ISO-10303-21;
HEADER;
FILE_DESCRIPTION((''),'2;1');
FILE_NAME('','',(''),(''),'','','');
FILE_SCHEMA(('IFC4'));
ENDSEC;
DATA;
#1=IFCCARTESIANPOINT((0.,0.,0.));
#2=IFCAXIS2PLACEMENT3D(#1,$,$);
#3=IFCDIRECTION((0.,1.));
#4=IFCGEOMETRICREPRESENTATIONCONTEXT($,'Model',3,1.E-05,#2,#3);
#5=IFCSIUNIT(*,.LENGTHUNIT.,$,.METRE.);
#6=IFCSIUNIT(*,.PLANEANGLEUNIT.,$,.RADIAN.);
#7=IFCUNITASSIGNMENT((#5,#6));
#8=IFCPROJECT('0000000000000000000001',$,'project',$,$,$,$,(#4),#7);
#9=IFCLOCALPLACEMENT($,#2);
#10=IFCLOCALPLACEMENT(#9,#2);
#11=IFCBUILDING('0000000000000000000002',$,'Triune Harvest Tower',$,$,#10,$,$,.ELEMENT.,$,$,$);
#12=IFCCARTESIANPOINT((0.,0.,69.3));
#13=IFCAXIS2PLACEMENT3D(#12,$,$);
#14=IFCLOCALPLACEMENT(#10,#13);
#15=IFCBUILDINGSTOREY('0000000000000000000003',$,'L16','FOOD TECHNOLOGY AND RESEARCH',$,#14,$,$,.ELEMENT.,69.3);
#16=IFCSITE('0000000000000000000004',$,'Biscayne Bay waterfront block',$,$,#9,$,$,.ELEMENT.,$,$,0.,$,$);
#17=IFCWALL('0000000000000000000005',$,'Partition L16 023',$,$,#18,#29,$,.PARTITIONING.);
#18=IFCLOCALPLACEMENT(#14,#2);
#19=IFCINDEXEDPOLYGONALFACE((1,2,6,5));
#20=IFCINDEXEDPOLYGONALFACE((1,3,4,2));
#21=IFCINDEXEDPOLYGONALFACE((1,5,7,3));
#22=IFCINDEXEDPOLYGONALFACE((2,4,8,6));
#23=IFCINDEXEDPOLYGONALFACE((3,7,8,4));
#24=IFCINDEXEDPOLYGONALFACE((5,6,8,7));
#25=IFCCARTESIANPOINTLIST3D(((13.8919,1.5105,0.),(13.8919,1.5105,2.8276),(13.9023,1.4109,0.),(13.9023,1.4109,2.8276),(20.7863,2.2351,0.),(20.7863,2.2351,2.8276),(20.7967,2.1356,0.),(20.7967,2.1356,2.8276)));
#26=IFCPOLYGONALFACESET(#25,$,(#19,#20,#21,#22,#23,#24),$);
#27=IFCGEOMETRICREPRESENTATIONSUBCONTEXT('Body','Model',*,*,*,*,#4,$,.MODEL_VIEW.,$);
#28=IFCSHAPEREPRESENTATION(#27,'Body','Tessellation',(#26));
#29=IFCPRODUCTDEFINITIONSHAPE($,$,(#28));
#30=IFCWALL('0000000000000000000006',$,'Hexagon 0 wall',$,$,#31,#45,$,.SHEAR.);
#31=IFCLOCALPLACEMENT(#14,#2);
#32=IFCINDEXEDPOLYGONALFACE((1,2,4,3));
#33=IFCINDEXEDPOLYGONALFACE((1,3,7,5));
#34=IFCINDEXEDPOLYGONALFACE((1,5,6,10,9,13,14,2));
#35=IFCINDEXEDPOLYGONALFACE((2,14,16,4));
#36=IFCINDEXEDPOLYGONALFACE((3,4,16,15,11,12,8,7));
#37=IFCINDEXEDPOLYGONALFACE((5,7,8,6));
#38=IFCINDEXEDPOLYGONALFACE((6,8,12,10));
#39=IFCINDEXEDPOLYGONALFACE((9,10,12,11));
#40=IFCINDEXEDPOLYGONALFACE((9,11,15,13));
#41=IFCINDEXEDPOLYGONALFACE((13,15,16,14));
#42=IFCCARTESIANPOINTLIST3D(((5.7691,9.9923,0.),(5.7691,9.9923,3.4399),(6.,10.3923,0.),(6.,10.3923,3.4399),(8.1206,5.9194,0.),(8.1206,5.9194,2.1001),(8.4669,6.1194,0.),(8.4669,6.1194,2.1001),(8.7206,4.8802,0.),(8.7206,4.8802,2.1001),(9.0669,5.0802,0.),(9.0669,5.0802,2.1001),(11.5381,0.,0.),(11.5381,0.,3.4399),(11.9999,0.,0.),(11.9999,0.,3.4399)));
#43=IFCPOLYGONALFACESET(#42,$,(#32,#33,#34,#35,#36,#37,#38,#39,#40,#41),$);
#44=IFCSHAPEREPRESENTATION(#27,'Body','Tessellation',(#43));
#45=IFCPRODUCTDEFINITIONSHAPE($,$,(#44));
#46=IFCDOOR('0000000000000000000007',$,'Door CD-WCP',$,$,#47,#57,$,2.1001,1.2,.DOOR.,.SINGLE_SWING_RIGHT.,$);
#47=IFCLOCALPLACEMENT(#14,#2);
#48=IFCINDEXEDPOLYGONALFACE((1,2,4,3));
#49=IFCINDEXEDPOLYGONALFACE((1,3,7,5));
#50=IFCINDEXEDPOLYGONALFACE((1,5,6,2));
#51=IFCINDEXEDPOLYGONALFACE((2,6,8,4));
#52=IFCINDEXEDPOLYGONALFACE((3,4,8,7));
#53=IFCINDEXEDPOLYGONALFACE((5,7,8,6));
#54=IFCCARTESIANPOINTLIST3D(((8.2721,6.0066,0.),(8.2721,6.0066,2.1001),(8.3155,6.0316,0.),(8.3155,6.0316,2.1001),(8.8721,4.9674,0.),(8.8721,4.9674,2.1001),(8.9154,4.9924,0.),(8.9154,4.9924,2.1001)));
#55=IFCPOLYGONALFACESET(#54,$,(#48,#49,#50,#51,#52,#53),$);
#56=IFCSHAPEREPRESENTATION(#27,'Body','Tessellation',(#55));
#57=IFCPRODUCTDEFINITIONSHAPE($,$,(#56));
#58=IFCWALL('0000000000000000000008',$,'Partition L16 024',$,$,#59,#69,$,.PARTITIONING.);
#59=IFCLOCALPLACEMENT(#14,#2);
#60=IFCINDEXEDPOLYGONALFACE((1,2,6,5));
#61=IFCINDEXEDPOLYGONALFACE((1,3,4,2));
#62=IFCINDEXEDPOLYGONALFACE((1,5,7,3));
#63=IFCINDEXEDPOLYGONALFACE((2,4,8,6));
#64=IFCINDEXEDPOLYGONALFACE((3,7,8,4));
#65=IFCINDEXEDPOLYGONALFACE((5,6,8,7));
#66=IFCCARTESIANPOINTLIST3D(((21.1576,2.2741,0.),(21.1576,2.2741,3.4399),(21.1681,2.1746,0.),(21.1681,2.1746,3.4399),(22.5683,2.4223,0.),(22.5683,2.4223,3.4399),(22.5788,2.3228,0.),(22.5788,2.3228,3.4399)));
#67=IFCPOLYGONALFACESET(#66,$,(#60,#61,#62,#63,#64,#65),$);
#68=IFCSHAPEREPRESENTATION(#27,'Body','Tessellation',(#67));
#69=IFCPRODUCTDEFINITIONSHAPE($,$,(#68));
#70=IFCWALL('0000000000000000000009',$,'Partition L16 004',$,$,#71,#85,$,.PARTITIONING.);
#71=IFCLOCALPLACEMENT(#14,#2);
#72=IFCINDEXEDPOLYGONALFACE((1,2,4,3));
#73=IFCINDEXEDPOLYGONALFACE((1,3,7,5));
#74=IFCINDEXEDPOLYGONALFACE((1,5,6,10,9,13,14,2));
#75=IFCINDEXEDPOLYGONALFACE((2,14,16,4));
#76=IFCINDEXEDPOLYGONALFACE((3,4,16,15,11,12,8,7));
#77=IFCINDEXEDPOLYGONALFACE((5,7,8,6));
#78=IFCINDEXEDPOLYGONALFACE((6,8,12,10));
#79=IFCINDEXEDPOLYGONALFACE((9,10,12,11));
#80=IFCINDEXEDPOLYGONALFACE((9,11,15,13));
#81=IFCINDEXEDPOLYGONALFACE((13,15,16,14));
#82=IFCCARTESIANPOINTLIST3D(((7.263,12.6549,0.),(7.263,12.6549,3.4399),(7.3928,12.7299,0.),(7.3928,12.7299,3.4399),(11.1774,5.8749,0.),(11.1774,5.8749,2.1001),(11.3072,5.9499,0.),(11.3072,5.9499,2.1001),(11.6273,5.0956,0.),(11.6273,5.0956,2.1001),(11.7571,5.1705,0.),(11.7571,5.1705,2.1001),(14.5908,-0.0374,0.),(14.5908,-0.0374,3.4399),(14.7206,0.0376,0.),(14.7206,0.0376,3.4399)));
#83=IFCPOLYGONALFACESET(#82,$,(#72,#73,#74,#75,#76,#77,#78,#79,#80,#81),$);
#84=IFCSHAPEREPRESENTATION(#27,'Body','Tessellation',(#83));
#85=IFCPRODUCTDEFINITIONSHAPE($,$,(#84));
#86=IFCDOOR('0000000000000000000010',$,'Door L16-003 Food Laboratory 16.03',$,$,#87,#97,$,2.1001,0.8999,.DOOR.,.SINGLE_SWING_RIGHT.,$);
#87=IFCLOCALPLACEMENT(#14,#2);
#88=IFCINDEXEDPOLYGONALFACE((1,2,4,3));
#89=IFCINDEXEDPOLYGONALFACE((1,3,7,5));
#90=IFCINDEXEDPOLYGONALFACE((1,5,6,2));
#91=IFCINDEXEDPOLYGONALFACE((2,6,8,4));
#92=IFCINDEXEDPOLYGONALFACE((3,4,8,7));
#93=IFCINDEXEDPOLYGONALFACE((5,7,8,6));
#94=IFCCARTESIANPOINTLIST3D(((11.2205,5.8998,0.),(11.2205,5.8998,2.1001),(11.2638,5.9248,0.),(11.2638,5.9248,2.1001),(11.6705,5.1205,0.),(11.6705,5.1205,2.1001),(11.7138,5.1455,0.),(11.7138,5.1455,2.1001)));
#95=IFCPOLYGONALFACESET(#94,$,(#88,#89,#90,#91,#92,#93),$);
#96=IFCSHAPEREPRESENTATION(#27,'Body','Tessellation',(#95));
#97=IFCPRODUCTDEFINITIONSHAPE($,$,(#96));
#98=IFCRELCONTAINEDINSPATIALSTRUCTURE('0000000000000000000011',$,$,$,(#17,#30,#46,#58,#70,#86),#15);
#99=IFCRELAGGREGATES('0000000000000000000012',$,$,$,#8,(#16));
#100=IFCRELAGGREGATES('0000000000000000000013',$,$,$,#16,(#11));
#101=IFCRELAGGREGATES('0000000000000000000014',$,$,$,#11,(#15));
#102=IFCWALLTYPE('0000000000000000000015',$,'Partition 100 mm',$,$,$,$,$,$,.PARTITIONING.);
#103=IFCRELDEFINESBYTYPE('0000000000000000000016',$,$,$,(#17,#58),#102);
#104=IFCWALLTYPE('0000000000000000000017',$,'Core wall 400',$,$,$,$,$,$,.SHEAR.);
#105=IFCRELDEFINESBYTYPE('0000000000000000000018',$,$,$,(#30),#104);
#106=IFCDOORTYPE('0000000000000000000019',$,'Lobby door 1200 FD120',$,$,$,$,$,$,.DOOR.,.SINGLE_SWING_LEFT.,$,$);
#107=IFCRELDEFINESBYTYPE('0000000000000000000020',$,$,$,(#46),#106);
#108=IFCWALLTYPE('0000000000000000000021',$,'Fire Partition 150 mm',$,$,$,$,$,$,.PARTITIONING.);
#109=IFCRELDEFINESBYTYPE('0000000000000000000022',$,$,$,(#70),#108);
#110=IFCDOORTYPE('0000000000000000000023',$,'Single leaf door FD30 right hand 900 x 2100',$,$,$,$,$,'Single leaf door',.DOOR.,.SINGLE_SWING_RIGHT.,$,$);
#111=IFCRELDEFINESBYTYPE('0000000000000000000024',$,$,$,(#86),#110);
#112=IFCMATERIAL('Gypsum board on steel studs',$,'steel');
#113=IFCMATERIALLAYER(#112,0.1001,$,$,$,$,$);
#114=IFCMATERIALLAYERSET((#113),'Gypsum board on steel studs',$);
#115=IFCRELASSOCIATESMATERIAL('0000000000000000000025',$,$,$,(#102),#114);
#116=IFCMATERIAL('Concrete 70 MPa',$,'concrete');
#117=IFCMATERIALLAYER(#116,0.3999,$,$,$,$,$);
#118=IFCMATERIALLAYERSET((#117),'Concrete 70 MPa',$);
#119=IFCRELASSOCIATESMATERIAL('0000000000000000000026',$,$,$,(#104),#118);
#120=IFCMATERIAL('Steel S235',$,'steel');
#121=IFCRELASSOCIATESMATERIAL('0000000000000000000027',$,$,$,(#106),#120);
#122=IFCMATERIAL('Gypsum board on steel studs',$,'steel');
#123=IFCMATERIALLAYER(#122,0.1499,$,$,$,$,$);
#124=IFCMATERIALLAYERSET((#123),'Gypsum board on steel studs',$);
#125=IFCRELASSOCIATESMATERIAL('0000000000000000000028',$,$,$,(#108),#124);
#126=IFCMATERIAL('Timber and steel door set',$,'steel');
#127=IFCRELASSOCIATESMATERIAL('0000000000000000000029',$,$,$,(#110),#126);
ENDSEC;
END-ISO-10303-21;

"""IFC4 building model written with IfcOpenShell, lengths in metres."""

from ifc_helpers import new_model, si_unit, direction, frame, frame_2d, origin, place, context, subcontext, project, spatial, polyline, rectangle, outline, extrude, source, transform, mapped, material, layer, layer_set, type_object, element, fill, save


model = new_model("IFC4")

# Units and contexts
model_context = context("Model", 3, precision=1e-05, world=origin(), true_north=direction((0.0, 1.0)))
body_context = subcontext(model_context, "Body", "Model", "MODEL_VIEW")
ifc_project = project(units=[si_unit("LENGTHUNIT", "METRE"), si_unit("PLANEANGLEUNIT", "RADIAN")], contexts=[model_context])

# Site, building, storey
site_placement = place(None, origin())
site = spatial("IfcSite", under=ifc_project, at=site_placement, Name="Biscayne Bay waterfront block", CompositionType="ELEMENT", RefElevation=0.0)
building_placement = place(site_placement, origin())
building = spatial("IfcBuilding", under=site, at=building_placement, Name="Triune Harvest Tower", CompositionType="ELEMENT")
storey_placement = place(building_placement, frame((0.0, 0.0, 69.3)))
storey = spatial("IfcBuildingStorey", under=building, at=storey_placement, Name="L16", Description="FOOD TECHNOLOGY AND RESEARCH", CompositionType="ELEMENT", Elevation=69.3)

# Wall
ifc_material_1 = material(Name="Gypsum board on steel studs", Category="steel")
ifc_layer_1 = layer(ifc_material_1, 0.1001)
ifc_layer_set_1 = layer_set([ifc_layer_1], Name="Gypsum board on steel studs")
wall_type_1 = type_object("IfcWallType", Name="Partition 100 mm", PredefinedType="PARTITIONING", material=ifc_layer_set_1)
wall_1_placement = place(storey_placement, frame((13.897, 1.4607, 0.0), z_axis=(0.0, 0.0, 1.0), x_axis=(0.994522, 0.104527, 0.0)))
element("IfcWall", 1, at=wall_1_placement, inside=storey, type_object=wall_type_1, Name="Partition L16 023", PredefinedType="PARTITIONING", context=body_context, shape_type="SweptSolid", body=[
    extrude(rectangle(XDim=6.9324, YDim=0.1001, at=frame_2d((3.4663, 0.0))), origin(), (0.0, 0.0, 1.0), 2.8276),
])

# Wall, opening, door
ifc_material_2 = material(Name="Concrete 70 MPa", Category="concrete")
ifc_layer_2 = layer(ifc_material_2, 0.3999)
ifc_layer_set_2 = layer_set([ifc_layer_2], Name="Concrete 70 MPa")
wall_type_2 = type_object("IfcWallType", Name="Core wall 400", PredefinedType="SHEAR", material=ifc_layer_set_2)
shared_shape_1 = source(origin(), body_context, "Body", "SweptSolid", [
    extrude(outline(polyline([(-0.1155, -0.2), (11.8845, -0.2), (11.6536, 0.2), (0.1155, 0.2), (-0.1155, -0.2)])), origin(), (0.0, 0.0, 1.0), 3.4399),
])
wall_2_placement = place(storey_placement, frame((11.769, 0.0, 0.0), z_axis=(0.0, 0.0, 1.0), x_axis=(-0.499997, 0.866027, 0.0)))
wall_2 = element("IfcWall", 2, at=wall_2_placement, inside=storey, type_object=wall_type_2, Name="Hexagon 0 wall", PredefinedType="SHEAR", context=body_context, shape_type="MappedRepresentation", body=[
    mapped(shared_shape_1, transform((0.0, 0.0, 0.0), scale=1.0)),
])
opening_1_placement = place(wall_2_placement, frame((5.7505, 0.0, 0.0)))
opening_1 = element("IfcOpeningElement", 3, at=opening_1_placement, cuts=wall_2, PredefinedType="OPENING", context=body_context, shape_type="SweptSolid", body=[
    extrude(rectangle(XDim=1.2, YDim=2.1001, at=frame_2d((0.6001, 1.05))), frame((0.0, 0.21, 0.0), z_axis=(0.0, -1.0, 0.0), x_axis=(1.0, 0.0, 0.0)), (0.0, 0.0, 1.0), 0.4199),
])
ifc_material_3 = material(Name="Steel S235", Category="steel")
door_type_1 = type_object("IfcDoorType", Name="Lobby door 1200 FD120", OperationType="SINGLE_SWING_LEFT", PredefinedType="DOOR", material=ifc_material_3)
door_1_placement = place(opening_1_placement, frame((1.2, 0.0, 0.0), z_axis=(0.0, 0.0, 1.0), x_axis=(-1.0, 0.0, 0.0)))
door_1 = element("IfcDoor", 4, at=door_1_placement, inside=storey, type_object=door_type_1, Name="Door CD-WCP", OperationType="SINGLE_SWING_RIGHT", OverallHeight=2.1001, OverallWidth=1.2, PredefinedType="DOOR", context=body_context, shape_type="SweptSolid", body=[
    extrude(rectangle(XDim=1.2, YDim=2.1001, at=frame_2d((0.6001, 1.05))), frame((0.0, 0.0249, 0.0), z_axis=(0.0, -1.0, 0.0), x_axis=(1.0, 0.0, 0.0)), (0.0, 0.0, 1.0), 0.05),
])
fill(opening_1, door_1)

# Wall
shared_shape_2 = source(origin(), body_context, "Body", "SweptSolid", [
    extrude(rectangle(XDim=1.4185, YDim=0.1001, at=frame_2d((0.7092, 0.0))), origin(), (0.0, 0.0, 1.0), 3.4399),
])
wall_3_placement = place(storey_placement, frame((21.1628, 2.2244, 0.0), z_axis=(0.0, 0.0, 1.0), x_axis=(0.994527, 0.104479, 0.0)))
element("IfcWall", 5, at=wall_3_placement, inside=storey, type_object=wall_type_1, Name="Partition L16 024", PredefinedType="PARTITIONING", context=body_context, shape_type="MappedRepresentation", body=[
    mapped(shared_shape_2, transform((0.0, 0.0, 0.0), scale=1.0)),
])

# Wall, opening, door
ifc_material_4 = material(Name="Gypsum board on steel studs", Category="steel")
ifc_layer_3 = layer(ifc_material_4, 0.1499)
ifc_layer_set_3 = layer_set([ifc_layer_3], Name="Gypsum board on steel studs")
wall_type_3 = type_object("IfcWallType", Name="Fire Partition 150 mm", PredefinedType="PARTITIONING", material=ifc_layer_set_3)
shared_shape_3 = source(origin(), body_context, "Body", "SweptSolid", [
    extrude(rectangle(XDim=14.6558, YDim=0.1499, at=frame_2d((7.3279, 0.0))), origin(), (0.0, 0.0, 1.0), 3.4399),
])
wall_4_placement = place(storey_placement, frame((7.3279, 12.6924, 0.0), z_axis=(0.0, 0.0, 1.0), x_axis=(0.499996, -0.866027, 0.0)))
wall_4 = element("IfcWall", 6, at=wall_4_placement, inside=storey, type_object=wall_type_3, Name="Partition L16 004", PredefinedType="PARTITIONING", context=body_context, shape_type="MappedRepresentation", body=[
    mapped(shared_shape_3, transform((0.0, 0.0, 0.0), scale=1.0)),
])
opening_2_placement = place(wall_4_placement, frame((7.8289, 0.0, 0.0)))
opening_2 = element("IfcOpeningElement", 7, at=opening_2_placement, cuts=wall_4, PredefinedType="OPENING", context=body_context, shape_type="SweptSolid", body=[
    extrude(rectangle(XDim=0.8999, YDim=2.1001, at=frame_2d((0.45, 1.05))), frame((0.0, 0.085, 0.0), z_axis=(0.0, -1.0, 0.0), x_axis=(1.0, 0.0, 0.0)), (0.0, 0.0, 1.0), 0.1699),
])
ifc_material_5 = material(Name="Timber and steel door set", Category="steel")
door_type_2 = type_object("IfcDoorType", Name="Single leaf door FD30 right hand 900 x 2100", ElementType="Single leaf door", OperationType="SINGLE_SWING_RIGHT", PredefinedType="DOOR", material=ifc_material_5)
door_2_placement = place(opening_2_placement, origin())
door_2 = element("IfcDoor", 8, at=door_2_placement, inside=storey, type_object=door_type_2, Name="Door L16-003 Food Laboratory 16.03", OperationType="SINGLE_SWING_RIGHT", OverallHeight=2.1001, OverallWidth=0.8999, PredefinedType="DOOR", context=body_context, shape_type="SweptSolid", body=[
    extrude(rectangle(XDim=0.8999, YDim=2.1001, at=frame_2d((0.45, 1.05))), frame((0.0, 0.0249, 0.0), z_axis=(0.0, -1.0, 0.0), x_axis=(1.0, 0.0, 0.0)), (0.0, 0.0, 1.0), 0.05),
])
fill(opening_2, door_2)

save(model, "model.ifc")
